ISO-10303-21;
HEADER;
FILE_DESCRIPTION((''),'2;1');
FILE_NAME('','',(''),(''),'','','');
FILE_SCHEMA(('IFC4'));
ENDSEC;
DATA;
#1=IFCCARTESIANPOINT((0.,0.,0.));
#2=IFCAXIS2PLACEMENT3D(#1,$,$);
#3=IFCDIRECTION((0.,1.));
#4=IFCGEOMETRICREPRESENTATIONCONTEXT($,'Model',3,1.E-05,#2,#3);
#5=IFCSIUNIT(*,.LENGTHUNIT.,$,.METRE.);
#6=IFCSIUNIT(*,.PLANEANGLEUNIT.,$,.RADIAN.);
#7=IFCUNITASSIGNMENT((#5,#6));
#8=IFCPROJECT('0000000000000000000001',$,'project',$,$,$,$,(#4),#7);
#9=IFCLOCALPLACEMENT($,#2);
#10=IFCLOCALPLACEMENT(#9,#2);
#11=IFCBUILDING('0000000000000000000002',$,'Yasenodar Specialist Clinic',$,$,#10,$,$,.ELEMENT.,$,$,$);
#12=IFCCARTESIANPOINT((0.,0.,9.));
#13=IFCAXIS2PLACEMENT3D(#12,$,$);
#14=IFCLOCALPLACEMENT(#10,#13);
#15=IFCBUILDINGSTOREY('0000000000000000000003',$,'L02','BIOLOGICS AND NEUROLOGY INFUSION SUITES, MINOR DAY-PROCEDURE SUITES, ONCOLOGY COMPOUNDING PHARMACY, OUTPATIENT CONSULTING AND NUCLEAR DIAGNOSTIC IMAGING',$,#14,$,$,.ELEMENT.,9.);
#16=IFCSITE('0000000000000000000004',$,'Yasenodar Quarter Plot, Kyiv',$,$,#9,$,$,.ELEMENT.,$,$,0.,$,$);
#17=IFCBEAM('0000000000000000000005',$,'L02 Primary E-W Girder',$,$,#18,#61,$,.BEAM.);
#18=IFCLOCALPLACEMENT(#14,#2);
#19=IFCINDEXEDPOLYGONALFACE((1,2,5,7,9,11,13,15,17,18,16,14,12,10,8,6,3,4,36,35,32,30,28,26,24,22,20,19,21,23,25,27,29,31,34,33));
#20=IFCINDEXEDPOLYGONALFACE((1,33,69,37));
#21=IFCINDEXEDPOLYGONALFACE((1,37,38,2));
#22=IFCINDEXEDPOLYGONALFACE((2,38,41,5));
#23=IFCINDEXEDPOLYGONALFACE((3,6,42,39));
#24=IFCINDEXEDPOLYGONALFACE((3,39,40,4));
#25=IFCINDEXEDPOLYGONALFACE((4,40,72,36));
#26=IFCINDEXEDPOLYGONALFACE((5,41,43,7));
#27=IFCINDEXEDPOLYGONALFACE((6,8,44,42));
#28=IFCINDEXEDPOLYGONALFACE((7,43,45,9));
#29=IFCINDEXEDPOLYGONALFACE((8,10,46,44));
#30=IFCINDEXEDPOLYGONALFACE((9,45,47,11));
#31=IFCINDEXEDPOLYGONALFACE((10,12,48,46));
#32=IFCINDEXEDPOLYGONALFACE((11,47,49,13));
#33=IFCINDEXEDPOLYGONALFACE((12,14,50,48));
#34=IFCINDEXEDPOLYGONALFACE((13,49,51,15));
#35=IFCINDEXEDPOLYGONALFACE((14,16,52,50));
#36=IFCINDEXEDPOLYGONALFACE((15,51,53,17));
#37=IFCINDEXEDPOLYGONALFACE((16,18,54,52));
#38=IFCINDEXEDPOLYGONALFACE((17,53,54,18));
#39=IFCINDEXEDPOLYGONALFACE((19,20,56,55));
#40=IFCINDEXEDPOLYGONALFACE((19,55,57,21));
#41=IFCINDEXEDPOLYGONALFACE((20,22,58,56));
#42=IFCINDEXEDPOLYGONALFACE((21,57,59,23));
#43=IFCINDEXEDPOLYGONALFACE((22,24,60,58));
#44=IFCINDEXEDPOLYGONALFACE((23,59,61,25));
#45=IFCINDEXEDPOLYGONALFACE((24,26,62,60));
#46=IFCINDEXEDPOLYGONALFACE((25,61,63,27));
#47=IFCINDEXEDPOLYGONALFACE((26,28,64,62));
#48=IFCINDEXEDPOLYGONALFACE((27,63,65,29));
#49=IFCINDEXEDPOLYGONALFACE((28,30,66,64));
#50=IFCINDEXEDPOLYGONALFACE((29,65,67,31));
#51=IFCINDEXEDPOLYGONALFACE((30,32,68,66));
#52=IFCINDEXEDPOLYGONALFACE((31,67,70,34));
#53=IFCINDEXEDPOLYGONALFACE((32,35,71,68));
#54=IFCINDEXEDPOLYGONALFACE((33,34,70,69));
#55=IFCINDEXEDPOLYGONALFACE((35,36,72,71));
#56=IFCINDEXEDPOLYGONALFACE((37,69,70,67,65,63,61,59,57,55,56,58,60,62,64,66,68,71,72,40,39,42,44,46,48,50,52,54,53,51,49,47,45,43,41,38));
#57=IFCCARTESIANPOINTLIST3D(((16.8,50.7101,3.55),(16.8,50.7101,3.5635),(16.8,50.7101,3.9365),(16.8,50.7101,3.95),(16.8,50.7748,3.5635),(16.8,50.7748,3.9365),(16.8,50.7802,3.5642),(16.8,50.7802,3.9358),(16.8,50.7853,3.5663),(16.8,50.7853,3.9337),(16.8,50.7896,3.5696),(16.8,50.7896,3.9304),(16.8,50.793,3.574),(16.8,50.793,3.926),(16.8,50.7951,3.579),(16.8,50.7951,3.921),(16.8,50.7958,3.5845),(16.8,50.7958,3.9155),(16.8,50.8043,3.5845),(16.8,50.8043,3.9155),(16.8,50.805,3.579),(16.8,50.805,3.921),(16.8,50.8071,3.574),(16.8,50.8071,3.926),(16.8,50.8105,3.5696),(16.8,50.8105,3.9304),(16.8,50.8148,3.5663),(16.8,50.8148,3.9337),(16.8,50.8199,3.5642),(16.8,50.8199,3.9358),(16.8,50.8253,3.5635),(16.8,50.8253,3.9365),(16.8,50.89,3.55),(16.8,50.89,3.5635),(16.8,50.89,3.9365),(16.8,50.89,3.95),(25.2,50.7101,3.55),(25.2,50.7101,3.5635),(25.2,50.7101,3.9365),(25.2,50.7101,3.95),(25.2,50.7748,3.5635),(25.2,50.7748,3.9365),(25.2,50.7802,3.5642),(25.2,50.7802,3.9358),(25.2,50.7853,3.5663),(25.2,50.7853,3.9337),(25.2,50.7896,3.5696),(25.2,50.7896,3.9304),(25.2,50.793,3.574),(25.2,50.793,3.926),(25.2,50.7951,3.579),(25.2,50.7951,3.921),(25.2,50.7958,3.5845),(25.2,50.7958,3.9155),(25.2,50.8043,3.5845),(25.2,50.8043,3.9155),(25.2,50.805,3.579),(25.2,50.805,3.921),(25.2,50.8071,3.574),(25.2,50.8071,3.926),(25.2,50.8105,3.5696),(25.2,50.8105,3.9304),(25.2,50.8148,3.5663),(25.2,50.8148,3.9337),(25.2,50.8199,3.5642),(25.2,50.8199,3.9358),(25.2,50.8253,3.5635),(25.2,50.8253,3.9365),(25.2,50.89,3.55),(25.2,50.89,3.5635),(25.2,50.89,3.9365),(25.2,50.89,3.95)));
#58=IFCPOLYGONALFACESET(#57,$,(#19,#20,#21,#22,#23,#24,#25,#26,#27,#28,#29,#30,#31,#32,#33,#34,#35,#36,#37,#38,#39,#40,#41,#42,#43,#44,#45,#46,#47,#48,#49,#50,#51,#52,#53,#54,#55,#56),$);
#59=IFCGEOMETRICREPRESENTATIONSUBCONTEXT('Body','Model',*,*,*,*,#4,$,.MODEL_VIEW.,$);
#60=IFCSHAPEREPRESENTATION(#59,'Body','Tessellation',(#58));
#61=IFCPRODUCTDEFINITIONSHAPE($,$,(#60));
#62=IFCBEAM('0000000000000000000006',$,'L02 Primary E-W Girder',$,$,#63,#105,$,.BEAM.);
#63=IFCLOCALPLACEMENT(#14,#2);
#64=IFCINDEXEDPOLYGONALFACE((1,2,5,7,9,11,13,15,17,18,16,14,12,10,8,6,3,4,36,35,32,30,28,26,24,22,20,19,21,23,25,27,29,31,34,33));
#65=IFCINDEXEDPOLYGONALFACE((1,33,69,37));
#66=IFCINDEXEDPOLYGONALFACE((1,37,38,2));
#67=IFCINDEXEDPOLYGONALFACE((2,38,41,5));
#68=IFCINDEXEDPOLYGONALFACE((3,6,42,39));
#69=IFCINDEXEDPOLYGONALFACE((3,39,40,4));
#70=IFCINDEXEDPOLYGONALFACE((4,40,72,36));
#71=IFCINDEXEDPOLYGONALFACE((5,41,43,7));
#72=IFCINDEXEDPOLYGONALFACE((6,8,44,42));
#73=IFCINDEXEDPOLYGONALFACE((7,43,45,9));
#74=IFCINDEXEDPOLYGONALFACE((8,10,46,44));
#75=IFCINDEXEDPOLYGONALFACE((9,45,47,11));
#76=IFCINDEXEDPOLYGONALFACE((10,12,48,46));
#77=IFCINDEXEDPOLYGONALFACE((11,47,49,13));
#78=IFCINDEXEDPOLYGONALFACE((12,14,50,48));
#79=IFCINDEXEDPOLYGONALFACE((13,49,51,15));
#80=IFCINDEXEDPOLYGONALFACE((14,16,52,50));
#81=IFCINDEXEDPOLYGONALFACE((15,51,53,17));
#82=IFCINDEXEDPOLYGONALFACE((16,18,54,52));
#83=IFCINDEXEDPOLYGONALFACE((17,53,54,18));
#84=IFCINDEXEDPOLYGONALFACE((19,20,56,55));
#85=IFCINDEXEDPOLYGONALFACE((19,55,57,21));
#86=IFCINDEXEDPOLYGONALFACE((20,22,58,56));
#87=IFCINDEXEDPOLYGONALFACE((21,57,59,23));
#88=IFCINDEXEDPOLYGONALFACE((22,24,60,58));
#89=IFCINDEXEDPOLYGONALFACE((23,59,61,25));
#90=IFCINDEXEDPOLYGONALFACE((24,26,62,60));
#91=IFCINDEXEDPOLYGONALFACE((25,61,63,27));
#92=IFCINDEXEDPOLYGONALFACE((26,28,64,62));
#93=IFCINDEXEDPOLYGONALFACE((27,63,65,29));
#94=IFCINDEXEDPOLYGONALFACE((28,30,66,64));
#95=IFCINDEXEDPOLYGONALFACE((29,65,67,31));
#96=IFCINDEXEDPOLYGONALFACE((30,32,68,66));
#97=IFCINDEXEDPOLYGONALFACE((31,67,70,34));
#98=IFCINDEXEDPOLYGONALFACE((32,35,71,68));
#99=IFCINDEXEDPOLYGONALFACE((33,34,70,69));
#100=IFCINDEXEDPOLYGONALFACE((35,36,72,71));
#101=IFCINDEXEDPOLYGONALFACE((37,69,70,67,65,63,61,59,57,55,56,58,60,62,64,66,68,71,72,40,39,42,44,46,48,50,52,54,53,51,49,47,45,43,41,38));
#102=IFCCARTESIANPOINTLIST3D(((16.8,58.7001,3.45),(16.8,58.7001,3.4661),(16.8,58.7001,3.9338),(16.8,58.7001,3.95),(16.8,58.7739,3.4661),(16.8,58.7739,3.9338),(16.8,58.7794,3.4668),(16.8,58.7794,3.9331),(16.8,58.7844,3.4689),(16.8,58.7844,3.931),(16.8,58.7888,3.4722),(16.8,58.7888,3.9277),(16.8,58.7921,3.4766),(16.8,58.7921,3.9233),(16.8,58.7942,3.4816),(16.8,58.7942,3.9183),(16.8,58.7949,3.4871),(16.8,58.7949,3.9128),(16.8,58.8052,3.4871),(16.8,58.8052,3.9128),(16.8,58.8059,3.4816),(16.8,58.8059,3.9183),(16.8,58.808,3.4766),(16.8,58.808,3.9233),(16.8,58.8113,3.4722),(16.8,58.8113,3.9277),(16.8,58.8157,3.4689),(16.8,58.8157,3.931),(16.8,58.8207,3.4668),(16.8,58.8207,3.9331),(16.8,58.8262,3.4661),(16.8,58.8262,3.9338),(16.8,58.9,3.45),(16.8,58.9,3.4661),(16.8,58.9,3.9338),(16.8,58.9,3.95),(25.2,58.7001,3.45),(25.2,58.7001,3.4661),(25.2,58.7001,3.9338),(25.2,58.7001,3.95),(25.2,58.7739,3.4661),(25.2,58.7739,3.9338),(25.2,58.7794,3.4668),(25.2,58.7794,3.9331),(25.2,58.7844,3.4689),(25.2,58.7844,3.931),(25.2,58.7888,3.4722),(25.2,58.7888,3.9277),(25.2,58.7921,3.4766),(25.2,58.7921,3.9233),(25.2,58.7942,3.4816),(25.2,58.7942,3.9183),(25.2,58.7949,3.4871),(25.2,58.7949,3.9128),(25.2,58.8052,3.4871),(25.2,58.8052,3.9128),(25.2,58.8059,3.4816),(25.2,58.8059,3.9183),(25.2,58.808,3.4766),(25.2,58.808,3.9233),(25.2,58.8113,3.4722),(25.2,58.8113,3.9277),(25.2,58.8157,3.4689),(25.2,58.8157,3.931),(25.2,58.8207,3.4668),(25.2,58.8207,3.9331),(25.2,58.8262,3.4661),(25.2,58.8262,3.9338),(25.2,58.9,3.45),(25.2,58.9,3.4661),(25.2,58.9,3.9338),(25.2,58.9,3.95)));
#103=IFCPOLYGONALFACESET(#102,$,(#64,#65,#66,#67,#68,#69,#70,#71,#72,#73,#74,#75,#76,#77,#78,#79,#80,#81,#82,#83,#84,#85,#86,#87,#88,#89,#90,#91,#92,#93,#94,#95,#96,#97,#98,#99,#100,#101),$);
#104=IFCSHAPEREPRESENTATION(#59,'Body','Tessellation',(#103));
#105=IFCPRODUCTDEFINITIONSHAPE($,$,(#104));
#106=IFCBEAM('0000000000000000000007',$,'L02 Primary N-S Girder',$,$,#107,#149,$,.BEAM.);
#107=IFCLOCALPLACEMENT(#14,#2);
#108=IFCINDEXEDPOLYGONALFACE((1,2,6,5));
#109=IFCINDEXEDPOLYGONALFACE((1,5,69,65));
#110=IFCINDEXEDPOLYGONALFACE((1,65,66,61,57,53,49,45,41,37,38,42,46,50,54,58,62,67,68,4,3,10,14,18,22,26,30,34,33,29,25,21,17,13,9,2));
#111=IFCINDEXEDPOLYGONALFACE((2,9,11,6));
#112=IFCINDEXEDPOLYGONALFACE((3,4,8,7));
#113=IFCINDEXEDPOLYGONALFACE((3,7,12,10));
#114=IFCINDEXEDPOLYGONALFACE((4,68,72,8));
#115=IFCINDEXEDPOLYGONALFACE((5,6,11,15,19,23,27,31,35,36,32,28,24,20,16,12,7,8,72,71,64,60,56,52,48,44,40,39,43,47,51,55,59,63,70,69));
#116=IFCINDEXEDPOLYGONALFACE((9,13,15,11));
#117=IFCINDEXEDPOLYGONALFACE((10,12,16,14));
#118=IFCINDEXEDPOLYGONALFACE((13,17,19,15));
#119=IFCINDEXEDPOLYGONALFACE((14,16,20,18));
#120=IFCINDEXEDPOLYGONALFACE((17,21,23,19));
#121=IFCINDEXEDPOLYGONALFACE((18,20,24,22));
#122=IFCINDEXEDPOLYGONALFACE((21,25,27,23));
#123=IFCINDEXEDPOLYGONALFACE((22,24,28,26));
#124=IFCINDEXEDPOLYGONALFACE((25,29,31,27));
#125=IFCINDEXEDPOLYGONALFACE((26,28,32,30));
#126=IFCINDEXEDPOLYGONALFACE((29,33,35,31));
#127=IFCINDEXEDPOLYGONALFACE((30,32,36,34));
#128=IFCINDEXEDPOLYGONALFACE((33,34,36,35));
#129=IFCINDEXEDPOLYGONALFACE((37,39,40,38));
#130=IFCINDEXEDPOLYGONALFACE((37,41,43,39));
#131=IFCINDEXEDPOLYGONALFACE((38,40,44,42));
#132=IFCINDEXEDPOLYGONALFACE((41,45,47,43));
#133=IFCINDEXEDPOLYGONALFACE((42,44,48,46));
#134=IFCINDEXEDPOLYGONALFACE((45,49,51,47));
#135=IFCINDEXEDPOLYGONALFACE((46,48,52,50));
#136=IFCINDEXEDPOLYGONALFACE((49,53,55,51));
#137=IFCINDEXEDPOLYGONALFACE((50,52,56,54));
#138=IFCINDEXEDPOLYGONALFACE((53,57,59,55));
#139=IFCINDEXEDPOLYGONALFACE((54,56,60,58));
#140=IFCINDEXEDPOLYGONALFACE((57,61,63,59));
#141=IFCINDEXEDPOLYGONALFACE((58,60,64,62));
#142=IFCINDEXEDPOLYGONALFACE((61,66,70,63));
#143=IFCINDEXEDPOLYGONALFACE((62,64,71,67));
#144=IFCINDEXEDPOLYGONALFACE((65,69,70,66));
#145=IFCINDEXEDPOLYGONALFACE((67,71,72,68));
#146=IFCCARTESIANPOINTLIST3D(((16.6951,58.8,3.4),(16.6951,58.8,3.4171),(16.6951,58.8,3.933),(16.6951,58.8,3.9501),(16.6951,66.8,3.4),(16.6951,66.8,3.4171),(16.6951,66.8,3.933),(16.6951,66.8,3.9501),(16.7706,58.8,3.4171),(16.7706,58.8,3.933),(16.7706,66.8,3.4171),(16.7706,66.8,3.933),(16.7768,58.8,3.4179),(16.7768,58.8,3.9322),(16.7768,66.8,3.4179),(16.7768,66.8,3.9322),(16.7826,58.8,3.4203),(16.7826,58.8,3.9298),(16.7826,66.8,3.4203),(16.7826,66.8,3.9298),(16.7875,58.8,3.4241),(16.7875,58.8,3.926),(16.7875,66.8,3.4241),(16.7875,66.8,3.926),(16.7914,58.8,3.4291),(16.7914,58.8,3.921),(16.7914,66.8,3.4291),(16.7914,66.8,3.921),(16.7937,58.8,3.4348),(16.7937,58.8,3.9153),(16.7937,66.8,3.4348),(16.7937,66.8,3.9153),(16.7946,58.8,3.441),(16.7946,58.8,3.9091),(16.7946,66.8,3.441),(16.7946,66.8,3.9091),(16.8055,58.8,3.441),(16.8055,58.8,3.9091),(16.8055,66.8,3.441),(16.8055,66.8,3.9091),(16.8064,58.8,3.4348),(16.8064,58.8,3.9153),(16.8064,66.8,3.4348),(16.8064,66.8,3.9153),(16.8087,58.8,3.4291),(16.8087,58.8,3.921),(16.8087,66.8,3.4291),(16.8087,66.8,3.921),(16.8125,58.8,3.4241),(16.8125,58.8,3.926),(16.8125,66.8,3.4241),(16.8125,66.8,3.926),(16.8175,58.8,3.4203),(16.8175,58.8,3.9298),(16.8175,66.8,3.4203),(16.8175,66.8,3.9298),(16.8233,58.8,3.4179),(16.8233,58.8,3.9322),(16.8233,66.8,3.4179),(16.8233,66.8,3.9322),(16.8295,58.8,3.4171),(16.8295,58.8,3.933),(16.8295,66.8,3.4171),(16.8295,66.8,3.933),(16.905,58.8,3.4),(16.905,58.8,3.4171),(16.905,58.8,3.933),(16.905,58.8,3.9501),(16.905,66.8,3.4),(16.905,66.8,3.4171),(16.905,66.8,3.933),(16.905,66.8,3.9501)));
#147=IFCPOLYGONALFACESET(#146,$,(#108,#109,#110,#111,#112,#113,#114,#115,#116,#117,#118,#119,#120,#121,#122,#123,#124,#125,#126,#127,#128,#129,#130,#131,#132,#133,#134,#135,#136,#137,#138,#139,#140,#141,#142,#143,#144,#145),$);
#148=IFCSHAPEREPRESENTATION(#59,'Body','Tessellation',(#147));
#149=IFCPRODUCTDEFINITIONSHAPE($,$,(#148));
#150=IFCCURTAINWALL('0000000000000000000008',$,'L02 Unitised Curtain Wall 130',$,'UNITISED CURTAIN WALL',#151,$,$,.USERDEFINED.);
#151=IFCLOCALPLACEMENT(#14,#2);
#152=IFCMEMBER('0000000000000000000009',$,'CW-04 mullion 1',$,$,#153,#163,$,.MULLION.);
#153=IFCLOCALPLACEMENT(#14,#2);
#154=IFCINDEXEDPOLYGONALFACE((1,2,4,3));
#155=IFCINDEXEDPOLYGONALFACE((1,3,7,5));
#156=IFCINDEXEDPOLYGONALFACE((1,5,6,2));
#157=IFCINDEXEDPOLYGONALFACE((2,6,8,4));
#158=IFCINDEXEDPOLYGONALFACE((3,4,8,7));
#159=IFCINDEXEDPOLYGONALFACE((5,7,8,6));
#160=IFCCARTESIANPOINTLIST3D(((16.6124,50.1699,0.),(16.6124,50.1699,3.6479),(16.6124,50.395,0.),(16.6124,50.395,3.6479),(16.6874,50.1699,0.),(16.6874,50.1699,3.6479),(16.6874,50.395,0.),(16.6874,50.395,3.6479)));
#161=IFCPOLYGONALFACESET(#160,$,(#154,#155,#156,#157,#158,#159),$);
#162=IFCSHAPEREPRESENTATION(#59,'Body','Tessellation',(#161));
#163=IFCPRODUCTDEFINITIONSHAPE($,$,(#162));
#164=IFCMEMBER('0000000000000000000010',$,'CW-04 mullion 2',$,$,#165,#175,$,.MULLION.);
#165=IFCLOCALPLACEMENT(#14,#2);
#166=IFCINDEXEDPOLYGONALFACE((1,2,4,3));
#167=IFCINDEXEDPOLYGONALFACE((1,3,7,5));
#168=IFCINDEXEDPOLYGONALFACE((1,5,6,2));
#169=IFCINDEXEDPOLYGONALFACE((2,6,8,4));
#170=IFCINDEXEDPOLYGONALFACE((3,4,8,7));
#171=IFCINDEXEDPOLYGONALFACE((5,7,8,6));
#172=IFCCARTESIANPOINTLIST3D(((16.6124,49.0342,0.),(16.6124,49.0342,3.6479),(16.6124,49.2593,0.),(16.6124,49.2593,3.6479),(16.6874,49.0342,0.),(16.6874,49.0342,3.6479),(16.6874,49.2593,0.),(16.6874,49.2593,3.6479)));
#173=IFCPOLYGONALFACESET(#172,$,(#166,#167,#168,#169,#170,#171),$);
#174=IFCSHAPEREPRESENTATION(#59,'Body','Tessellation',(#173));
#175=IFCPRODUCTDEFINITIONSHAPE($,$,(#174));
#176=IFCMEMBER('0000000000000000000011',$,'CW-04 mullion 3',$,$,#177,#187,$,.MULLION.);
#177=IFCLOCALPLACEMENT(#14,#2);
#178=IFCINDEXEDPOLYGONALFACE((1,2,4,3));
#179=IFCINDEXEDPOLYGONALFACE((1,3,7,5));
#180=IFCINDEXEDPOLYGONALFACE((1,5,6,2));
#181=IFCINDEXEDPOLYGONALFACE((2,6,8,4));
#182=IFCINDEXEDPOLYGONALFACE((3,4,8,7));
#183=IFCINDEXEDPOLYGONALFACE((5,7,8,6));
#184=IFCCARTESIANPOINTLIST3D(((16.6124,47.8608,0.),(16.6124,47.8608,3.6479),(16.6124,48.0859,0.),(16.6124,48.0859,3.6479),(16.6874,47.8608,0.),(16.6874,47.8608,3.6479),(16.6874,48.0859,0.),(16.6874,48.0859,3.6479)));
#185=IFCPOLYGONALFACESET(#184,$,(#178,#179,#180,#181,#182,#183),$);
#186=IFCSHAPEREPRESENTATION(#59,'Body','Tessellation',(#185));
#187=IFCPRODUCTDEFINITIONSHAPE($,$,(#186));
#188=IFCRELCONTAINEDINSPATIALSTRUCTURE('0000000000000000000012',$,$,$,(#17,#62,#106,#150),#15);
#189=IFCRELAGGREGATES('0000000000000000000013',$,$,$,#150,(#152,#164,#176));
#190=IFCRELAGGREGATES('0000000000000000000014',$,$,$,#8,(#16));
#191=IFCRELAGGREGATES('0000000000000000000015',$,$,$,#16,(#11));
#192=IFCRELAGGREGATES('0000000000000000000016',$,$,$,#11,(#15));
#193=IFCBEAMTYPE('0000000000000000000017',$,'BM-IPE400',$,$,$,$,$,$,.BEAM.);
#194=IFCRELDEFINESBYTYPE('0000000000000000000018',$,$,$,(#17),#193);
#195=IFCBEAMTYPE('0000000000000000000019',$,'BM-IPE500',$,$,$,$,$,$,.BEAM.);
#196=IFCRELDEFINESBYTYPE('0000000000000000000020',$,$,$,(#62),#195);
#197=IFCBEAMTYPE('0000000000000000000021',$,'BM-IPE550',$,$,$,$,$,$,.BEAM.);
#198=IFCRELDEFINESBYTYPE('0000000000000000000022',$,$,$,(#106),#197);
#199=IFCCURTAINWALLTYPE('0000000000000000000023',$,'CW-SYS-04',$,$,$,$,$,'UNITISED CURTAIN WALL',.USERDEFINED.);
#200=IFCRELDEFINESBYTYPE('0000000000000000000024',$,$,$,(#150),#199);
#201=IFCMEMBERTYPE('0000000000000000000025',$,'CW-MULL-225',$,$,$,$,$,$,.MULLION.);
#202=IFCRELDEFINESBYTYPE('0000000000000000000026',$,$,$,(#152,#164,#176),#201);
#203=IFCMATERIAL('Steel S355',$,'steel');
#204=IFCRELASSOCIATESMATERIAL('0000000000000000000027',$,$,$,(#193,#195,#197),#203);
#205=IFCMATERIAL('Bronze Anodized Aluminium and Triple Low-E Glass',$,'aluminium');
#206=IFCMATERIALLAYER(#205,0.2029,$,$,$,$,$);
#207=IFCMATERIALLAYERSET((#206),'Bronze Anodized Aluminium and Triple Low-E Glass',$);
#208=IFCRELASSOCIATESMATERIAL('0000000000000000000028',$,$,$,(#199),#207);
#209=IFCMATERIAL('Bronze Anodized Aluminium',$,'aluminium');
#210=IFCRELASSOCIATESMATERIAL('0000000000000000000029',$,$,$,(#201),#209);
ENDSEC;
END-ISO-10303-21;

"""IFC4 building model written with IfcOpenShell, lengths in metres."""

from ifc_helpers import new_model, si_unit, direction, frame, origin, origin_2d, place, context, subcontext, project, spatial, rectangle, i_section, extrude, material, layer, layer_set, material_profile, profile_set, type_object, element, aggregate, save


model = new_model("IFC4")

# Units and contexts
model_context = context("Model", 3, precision=1e-05, world=origin(), true_north=direction((0.0, 1.0)))
body_context = subcontext(model_context, "Body", "Model", "MODEL_VIEW")
ifc_project = project(units=[si_unit("LENGTHUNIT", "METRE"), si_unit("PLANEANGLEUNIT", "RADIAN")], contexts=[model_context])

# Site, building, storey
site_placement = place(None, origin())
site = spatial("IfcSite", under=ifc_project, at=site_placement, Name="Yasenodar Quarter Plot, Kyiv", CompositionType="ELEMENT", RefElevation=0.0)
building_placement = place(site_placement, origin())
building = spatial("IfcBuilding", under=site, at=building_placement, Name="Yasenodar Specialist Clinic", CompositionType="ELEMENT")
storey_placement = place(building_placement, frame((0.0, 0.0, 9.0)))
storey = spatial("IfcBuildingStorey", under=building, at=storey_placement, Name="L02", Description="BIOLOGICS AND NEUROLOGY INFUSION SUITES, MINOR DAY-PROCEDURE SUITES, ONCOLOGY COMPOUNDING PHARMACY, OUTPATIENT CONSULTING AND NUCLEAR DIAGNOSTIC IMAGING", CompositionType="ELEMENT", Elevation=9.0)

# Shared definitions
ifc_material_1 = material(Name="Steel S355", Category="steel")

# Beams
ifc_material_profile_1 = material_profile(ifc_material_1, i_section(OverallWidth=0.1799, OverallDepth=0.3999, WebThickness=0.0085, FlangeThickness=0.0134, FilletRadius=0.021, at=origin_2d()), Name="IPE 400")
ifc_profile_set_1 = profile_set([ifc_material_profile_1], Name="Steel S355")
beam_type_1 = type_object("IfcBeamType", Name="BM-IPE400", PredefinedType="BEAM", material=ifc_profile_set_1)
beam_1_placement = place(storey_placement, frame((16.8, 50.8, 3.75), z_axis=(1.0, 0.0, 0.0), x_axis=(0.0, 1.0, 0.0)))
element("IfcBeam", 1, at=beam_1_placement, inside=storey, type_object=beam_type_1, Name="L02 Primary E-W Girder", PredefinedType="BEAM", context=body_context, shape_type="SweptSolid", body=[
    extrude(i_section(OverallWidth=0.1799, OverallDepth=0.3999, WebThickness=0.0085, FlangeThickness=0.0134, FilletRadius=0.021, at=origin_2d()), origin(), (0.0, 0.0, 1.0), 8.3999),
])
ifc_material_profile_2 = material_profile(ifc_material_1, i_section(OverallWidth=0.2, OverallDepth=0.5, WebThickness=0.0103, FlangeThickness=0.0161, FilletRadius=0.021, at=origin_2d()), Name="IPE 500")
ifc_profile_set_2 = profile_set([ifc_material_profile_2], Name="Steel S355")
beam_type_2 = type_object("IfcBeamType", Name="BM-IPE500", PredefinedType="BEAM", material=ifc_profile_set_2)
beam_2_placement = place(storey_placement, frame((16.8, 58.8, 3.7), z_axis=(1.0, 0.0, 0.0), x_axis=(0.0, 1.0, 0.0)))
element("IfcBeam", 2, at=beam_2_placement, inside=storey, type_object=beam_type_2, Name="L02 Primary E-W Girder", PredefinedType="BEAM", context=body_context, shape_type="SweptSolid", body=[
    extrude(i_section(OverallWidth=0.2, OverallDepth=0.5, WebThickness=0.0103, FlangeThickness=0.0161, FilletRadius=0.021, at=origin_2d()), origin(), (0.0, 0.0, 1.0), 8.3999),
])
ifc_material_profile_3 = material_profile(ifc_material_1, i_section(OverallWidth=0.21, OverallDepth=0.55, WebThickness=0.011, FlangeThickness=0.0171, FilletRadius=0.0239, at=origin_2d()), Name="IPE 550")
ifc_profile_set_3 = profile_set([ifc_material_profile_3], Name="Steel S355")
beam_type_3 = type_object("IfcBeamType", Name="BM-IPE550", PredefinedType="BEAM", material=ifc_profile_set_3)
beam_3_placement = place(storey_placement, frame((16.8, 58.8, 3.675), z_axis=(0.0, 1.0, 0.0), x_axis=(-1.0, 0.0, 0.0)))
element("IfcBeam", 3, at=beam_3_placement, inside=storey, type_object=beam_type_3, Name="L02 Primary N-S Girder", PredefinedType="BEAM", context=body_context, shape_type="SweptSolid", body=[
    extrude(i_section(OverallWidth=0.21, OverallDepth=0.55, WebThickness=0.011, FlangeThickness=0.0171, FilletRadius=0.0239, at=origin_2d()), origin(), (0.0, 0.0, 1.0), 8.0),
])

# Curtain wall, members
ifc_material_2 = material(Name="Bronze Anodized Aluminium and Triple Low-E Glass", Category="aluminium")
ifc_layer_1 = layer(ifc_material_2, 0.2029)
ifc_layer_set_1 = layer_set([ifc_layer_1], Name="Bronze Anodized Aluminium and Triple Low-E Glass")
curtain_wall_type = type_object("IfcCurtainWallType", Name="CW-SYS-04", ElementType="UNITISED CURTAIN WALL", PredefinedType="USERDEFINED", material=ifc_layer_set_1)
curtain_wall_placement = place(storey_placement, origin())
curtain_wall = element("IfcCurtainWall", 4, at=curtain_wall_placement, inside=storey, type_object=curtain_wall_type, Name="L02 Unitised Curtain Wall 130", ObjectType="UNITISED CURTAIN WALL", PredefinedType="USERDEFINED")
ifc_material_3 = material(Name="Bronze Anodized Aluminium", Category="aluminium")
ifc_material_profile_4 = material_profile(ifc_material_3, rectangle(XDim=0.075, YDim=0.2251, at=origin_2d()), Name="CW-MULL 75x225")
ifc_profile_set_4 = profile_set([ifc_material_profile_4], Name="Bronze Anodized Aluminium")
member_type_1 = type_object("IfcMemberType", Name="CW-MULL-225", PredefinedType="MULLION", material=ifc_profile_set_4)
member_1_placement = place(storey_placement, frame((16.6499, 50.2825, 0.0), z_axis=(0.0, 0.0, 1.0), x_axis=(1.0, 0.0, 0.0)))
member_1 = element("IfcMember", 5, at=member_1_placement, type_object=member_type_1, Name="CW-04 mullion 1", PredefinedType="MULLION", context=body_context, shape_type="SweptSolid", body=[
    extrude(rectangle(XDim=0.075, YDim=0.2251, at=origin_2d()), origin(), (0.0, 0.0, 1.0), 3.6479),
])
member_2_placement = place(storey_placement, frame((16.6499, 49.1467, 0.0), z_axis=(0.0, 0.0, 1.0), x_axis=(1.0, 0.0, 0.0)))
member_2 = element("IfcMember", 6, at=member_2_placement, type_object=member_type_1, Name="CW-04 mullion 2", PredefinedType="MULLION", context=body_context, shape_type="SweptSolid", body=[
    extrude(rectangle(XDim=0.075, YDim=0.2251, at=origin_2d()), origin(), (0.0, 0.0, 1.0), 3.6479),
])
member_3_placement = place(storey_placement, frame((16.6499, 47.9734, 0.0), z_axis=(0.0, 0.0, 1.0), x_axis=(1.0, 0.0, 0.0)))
member_3 = element("IfcMember", 7, at=member_3_placement, type_object=member_type_1, Name="CW-04 mullion 3", PredefinedType="MULLION", context=body_context, shape_type="SweptSolid", body=[
    extrude(rectangle(XDim=0.075, YDim=0.2251, at=origin_2d()), origin(), (0.0, 0.0, 1.0), 3.6479),
])

aggregate(curtain_wall, [member_1, member_2, member_3])

save(model, "model.ifc")
